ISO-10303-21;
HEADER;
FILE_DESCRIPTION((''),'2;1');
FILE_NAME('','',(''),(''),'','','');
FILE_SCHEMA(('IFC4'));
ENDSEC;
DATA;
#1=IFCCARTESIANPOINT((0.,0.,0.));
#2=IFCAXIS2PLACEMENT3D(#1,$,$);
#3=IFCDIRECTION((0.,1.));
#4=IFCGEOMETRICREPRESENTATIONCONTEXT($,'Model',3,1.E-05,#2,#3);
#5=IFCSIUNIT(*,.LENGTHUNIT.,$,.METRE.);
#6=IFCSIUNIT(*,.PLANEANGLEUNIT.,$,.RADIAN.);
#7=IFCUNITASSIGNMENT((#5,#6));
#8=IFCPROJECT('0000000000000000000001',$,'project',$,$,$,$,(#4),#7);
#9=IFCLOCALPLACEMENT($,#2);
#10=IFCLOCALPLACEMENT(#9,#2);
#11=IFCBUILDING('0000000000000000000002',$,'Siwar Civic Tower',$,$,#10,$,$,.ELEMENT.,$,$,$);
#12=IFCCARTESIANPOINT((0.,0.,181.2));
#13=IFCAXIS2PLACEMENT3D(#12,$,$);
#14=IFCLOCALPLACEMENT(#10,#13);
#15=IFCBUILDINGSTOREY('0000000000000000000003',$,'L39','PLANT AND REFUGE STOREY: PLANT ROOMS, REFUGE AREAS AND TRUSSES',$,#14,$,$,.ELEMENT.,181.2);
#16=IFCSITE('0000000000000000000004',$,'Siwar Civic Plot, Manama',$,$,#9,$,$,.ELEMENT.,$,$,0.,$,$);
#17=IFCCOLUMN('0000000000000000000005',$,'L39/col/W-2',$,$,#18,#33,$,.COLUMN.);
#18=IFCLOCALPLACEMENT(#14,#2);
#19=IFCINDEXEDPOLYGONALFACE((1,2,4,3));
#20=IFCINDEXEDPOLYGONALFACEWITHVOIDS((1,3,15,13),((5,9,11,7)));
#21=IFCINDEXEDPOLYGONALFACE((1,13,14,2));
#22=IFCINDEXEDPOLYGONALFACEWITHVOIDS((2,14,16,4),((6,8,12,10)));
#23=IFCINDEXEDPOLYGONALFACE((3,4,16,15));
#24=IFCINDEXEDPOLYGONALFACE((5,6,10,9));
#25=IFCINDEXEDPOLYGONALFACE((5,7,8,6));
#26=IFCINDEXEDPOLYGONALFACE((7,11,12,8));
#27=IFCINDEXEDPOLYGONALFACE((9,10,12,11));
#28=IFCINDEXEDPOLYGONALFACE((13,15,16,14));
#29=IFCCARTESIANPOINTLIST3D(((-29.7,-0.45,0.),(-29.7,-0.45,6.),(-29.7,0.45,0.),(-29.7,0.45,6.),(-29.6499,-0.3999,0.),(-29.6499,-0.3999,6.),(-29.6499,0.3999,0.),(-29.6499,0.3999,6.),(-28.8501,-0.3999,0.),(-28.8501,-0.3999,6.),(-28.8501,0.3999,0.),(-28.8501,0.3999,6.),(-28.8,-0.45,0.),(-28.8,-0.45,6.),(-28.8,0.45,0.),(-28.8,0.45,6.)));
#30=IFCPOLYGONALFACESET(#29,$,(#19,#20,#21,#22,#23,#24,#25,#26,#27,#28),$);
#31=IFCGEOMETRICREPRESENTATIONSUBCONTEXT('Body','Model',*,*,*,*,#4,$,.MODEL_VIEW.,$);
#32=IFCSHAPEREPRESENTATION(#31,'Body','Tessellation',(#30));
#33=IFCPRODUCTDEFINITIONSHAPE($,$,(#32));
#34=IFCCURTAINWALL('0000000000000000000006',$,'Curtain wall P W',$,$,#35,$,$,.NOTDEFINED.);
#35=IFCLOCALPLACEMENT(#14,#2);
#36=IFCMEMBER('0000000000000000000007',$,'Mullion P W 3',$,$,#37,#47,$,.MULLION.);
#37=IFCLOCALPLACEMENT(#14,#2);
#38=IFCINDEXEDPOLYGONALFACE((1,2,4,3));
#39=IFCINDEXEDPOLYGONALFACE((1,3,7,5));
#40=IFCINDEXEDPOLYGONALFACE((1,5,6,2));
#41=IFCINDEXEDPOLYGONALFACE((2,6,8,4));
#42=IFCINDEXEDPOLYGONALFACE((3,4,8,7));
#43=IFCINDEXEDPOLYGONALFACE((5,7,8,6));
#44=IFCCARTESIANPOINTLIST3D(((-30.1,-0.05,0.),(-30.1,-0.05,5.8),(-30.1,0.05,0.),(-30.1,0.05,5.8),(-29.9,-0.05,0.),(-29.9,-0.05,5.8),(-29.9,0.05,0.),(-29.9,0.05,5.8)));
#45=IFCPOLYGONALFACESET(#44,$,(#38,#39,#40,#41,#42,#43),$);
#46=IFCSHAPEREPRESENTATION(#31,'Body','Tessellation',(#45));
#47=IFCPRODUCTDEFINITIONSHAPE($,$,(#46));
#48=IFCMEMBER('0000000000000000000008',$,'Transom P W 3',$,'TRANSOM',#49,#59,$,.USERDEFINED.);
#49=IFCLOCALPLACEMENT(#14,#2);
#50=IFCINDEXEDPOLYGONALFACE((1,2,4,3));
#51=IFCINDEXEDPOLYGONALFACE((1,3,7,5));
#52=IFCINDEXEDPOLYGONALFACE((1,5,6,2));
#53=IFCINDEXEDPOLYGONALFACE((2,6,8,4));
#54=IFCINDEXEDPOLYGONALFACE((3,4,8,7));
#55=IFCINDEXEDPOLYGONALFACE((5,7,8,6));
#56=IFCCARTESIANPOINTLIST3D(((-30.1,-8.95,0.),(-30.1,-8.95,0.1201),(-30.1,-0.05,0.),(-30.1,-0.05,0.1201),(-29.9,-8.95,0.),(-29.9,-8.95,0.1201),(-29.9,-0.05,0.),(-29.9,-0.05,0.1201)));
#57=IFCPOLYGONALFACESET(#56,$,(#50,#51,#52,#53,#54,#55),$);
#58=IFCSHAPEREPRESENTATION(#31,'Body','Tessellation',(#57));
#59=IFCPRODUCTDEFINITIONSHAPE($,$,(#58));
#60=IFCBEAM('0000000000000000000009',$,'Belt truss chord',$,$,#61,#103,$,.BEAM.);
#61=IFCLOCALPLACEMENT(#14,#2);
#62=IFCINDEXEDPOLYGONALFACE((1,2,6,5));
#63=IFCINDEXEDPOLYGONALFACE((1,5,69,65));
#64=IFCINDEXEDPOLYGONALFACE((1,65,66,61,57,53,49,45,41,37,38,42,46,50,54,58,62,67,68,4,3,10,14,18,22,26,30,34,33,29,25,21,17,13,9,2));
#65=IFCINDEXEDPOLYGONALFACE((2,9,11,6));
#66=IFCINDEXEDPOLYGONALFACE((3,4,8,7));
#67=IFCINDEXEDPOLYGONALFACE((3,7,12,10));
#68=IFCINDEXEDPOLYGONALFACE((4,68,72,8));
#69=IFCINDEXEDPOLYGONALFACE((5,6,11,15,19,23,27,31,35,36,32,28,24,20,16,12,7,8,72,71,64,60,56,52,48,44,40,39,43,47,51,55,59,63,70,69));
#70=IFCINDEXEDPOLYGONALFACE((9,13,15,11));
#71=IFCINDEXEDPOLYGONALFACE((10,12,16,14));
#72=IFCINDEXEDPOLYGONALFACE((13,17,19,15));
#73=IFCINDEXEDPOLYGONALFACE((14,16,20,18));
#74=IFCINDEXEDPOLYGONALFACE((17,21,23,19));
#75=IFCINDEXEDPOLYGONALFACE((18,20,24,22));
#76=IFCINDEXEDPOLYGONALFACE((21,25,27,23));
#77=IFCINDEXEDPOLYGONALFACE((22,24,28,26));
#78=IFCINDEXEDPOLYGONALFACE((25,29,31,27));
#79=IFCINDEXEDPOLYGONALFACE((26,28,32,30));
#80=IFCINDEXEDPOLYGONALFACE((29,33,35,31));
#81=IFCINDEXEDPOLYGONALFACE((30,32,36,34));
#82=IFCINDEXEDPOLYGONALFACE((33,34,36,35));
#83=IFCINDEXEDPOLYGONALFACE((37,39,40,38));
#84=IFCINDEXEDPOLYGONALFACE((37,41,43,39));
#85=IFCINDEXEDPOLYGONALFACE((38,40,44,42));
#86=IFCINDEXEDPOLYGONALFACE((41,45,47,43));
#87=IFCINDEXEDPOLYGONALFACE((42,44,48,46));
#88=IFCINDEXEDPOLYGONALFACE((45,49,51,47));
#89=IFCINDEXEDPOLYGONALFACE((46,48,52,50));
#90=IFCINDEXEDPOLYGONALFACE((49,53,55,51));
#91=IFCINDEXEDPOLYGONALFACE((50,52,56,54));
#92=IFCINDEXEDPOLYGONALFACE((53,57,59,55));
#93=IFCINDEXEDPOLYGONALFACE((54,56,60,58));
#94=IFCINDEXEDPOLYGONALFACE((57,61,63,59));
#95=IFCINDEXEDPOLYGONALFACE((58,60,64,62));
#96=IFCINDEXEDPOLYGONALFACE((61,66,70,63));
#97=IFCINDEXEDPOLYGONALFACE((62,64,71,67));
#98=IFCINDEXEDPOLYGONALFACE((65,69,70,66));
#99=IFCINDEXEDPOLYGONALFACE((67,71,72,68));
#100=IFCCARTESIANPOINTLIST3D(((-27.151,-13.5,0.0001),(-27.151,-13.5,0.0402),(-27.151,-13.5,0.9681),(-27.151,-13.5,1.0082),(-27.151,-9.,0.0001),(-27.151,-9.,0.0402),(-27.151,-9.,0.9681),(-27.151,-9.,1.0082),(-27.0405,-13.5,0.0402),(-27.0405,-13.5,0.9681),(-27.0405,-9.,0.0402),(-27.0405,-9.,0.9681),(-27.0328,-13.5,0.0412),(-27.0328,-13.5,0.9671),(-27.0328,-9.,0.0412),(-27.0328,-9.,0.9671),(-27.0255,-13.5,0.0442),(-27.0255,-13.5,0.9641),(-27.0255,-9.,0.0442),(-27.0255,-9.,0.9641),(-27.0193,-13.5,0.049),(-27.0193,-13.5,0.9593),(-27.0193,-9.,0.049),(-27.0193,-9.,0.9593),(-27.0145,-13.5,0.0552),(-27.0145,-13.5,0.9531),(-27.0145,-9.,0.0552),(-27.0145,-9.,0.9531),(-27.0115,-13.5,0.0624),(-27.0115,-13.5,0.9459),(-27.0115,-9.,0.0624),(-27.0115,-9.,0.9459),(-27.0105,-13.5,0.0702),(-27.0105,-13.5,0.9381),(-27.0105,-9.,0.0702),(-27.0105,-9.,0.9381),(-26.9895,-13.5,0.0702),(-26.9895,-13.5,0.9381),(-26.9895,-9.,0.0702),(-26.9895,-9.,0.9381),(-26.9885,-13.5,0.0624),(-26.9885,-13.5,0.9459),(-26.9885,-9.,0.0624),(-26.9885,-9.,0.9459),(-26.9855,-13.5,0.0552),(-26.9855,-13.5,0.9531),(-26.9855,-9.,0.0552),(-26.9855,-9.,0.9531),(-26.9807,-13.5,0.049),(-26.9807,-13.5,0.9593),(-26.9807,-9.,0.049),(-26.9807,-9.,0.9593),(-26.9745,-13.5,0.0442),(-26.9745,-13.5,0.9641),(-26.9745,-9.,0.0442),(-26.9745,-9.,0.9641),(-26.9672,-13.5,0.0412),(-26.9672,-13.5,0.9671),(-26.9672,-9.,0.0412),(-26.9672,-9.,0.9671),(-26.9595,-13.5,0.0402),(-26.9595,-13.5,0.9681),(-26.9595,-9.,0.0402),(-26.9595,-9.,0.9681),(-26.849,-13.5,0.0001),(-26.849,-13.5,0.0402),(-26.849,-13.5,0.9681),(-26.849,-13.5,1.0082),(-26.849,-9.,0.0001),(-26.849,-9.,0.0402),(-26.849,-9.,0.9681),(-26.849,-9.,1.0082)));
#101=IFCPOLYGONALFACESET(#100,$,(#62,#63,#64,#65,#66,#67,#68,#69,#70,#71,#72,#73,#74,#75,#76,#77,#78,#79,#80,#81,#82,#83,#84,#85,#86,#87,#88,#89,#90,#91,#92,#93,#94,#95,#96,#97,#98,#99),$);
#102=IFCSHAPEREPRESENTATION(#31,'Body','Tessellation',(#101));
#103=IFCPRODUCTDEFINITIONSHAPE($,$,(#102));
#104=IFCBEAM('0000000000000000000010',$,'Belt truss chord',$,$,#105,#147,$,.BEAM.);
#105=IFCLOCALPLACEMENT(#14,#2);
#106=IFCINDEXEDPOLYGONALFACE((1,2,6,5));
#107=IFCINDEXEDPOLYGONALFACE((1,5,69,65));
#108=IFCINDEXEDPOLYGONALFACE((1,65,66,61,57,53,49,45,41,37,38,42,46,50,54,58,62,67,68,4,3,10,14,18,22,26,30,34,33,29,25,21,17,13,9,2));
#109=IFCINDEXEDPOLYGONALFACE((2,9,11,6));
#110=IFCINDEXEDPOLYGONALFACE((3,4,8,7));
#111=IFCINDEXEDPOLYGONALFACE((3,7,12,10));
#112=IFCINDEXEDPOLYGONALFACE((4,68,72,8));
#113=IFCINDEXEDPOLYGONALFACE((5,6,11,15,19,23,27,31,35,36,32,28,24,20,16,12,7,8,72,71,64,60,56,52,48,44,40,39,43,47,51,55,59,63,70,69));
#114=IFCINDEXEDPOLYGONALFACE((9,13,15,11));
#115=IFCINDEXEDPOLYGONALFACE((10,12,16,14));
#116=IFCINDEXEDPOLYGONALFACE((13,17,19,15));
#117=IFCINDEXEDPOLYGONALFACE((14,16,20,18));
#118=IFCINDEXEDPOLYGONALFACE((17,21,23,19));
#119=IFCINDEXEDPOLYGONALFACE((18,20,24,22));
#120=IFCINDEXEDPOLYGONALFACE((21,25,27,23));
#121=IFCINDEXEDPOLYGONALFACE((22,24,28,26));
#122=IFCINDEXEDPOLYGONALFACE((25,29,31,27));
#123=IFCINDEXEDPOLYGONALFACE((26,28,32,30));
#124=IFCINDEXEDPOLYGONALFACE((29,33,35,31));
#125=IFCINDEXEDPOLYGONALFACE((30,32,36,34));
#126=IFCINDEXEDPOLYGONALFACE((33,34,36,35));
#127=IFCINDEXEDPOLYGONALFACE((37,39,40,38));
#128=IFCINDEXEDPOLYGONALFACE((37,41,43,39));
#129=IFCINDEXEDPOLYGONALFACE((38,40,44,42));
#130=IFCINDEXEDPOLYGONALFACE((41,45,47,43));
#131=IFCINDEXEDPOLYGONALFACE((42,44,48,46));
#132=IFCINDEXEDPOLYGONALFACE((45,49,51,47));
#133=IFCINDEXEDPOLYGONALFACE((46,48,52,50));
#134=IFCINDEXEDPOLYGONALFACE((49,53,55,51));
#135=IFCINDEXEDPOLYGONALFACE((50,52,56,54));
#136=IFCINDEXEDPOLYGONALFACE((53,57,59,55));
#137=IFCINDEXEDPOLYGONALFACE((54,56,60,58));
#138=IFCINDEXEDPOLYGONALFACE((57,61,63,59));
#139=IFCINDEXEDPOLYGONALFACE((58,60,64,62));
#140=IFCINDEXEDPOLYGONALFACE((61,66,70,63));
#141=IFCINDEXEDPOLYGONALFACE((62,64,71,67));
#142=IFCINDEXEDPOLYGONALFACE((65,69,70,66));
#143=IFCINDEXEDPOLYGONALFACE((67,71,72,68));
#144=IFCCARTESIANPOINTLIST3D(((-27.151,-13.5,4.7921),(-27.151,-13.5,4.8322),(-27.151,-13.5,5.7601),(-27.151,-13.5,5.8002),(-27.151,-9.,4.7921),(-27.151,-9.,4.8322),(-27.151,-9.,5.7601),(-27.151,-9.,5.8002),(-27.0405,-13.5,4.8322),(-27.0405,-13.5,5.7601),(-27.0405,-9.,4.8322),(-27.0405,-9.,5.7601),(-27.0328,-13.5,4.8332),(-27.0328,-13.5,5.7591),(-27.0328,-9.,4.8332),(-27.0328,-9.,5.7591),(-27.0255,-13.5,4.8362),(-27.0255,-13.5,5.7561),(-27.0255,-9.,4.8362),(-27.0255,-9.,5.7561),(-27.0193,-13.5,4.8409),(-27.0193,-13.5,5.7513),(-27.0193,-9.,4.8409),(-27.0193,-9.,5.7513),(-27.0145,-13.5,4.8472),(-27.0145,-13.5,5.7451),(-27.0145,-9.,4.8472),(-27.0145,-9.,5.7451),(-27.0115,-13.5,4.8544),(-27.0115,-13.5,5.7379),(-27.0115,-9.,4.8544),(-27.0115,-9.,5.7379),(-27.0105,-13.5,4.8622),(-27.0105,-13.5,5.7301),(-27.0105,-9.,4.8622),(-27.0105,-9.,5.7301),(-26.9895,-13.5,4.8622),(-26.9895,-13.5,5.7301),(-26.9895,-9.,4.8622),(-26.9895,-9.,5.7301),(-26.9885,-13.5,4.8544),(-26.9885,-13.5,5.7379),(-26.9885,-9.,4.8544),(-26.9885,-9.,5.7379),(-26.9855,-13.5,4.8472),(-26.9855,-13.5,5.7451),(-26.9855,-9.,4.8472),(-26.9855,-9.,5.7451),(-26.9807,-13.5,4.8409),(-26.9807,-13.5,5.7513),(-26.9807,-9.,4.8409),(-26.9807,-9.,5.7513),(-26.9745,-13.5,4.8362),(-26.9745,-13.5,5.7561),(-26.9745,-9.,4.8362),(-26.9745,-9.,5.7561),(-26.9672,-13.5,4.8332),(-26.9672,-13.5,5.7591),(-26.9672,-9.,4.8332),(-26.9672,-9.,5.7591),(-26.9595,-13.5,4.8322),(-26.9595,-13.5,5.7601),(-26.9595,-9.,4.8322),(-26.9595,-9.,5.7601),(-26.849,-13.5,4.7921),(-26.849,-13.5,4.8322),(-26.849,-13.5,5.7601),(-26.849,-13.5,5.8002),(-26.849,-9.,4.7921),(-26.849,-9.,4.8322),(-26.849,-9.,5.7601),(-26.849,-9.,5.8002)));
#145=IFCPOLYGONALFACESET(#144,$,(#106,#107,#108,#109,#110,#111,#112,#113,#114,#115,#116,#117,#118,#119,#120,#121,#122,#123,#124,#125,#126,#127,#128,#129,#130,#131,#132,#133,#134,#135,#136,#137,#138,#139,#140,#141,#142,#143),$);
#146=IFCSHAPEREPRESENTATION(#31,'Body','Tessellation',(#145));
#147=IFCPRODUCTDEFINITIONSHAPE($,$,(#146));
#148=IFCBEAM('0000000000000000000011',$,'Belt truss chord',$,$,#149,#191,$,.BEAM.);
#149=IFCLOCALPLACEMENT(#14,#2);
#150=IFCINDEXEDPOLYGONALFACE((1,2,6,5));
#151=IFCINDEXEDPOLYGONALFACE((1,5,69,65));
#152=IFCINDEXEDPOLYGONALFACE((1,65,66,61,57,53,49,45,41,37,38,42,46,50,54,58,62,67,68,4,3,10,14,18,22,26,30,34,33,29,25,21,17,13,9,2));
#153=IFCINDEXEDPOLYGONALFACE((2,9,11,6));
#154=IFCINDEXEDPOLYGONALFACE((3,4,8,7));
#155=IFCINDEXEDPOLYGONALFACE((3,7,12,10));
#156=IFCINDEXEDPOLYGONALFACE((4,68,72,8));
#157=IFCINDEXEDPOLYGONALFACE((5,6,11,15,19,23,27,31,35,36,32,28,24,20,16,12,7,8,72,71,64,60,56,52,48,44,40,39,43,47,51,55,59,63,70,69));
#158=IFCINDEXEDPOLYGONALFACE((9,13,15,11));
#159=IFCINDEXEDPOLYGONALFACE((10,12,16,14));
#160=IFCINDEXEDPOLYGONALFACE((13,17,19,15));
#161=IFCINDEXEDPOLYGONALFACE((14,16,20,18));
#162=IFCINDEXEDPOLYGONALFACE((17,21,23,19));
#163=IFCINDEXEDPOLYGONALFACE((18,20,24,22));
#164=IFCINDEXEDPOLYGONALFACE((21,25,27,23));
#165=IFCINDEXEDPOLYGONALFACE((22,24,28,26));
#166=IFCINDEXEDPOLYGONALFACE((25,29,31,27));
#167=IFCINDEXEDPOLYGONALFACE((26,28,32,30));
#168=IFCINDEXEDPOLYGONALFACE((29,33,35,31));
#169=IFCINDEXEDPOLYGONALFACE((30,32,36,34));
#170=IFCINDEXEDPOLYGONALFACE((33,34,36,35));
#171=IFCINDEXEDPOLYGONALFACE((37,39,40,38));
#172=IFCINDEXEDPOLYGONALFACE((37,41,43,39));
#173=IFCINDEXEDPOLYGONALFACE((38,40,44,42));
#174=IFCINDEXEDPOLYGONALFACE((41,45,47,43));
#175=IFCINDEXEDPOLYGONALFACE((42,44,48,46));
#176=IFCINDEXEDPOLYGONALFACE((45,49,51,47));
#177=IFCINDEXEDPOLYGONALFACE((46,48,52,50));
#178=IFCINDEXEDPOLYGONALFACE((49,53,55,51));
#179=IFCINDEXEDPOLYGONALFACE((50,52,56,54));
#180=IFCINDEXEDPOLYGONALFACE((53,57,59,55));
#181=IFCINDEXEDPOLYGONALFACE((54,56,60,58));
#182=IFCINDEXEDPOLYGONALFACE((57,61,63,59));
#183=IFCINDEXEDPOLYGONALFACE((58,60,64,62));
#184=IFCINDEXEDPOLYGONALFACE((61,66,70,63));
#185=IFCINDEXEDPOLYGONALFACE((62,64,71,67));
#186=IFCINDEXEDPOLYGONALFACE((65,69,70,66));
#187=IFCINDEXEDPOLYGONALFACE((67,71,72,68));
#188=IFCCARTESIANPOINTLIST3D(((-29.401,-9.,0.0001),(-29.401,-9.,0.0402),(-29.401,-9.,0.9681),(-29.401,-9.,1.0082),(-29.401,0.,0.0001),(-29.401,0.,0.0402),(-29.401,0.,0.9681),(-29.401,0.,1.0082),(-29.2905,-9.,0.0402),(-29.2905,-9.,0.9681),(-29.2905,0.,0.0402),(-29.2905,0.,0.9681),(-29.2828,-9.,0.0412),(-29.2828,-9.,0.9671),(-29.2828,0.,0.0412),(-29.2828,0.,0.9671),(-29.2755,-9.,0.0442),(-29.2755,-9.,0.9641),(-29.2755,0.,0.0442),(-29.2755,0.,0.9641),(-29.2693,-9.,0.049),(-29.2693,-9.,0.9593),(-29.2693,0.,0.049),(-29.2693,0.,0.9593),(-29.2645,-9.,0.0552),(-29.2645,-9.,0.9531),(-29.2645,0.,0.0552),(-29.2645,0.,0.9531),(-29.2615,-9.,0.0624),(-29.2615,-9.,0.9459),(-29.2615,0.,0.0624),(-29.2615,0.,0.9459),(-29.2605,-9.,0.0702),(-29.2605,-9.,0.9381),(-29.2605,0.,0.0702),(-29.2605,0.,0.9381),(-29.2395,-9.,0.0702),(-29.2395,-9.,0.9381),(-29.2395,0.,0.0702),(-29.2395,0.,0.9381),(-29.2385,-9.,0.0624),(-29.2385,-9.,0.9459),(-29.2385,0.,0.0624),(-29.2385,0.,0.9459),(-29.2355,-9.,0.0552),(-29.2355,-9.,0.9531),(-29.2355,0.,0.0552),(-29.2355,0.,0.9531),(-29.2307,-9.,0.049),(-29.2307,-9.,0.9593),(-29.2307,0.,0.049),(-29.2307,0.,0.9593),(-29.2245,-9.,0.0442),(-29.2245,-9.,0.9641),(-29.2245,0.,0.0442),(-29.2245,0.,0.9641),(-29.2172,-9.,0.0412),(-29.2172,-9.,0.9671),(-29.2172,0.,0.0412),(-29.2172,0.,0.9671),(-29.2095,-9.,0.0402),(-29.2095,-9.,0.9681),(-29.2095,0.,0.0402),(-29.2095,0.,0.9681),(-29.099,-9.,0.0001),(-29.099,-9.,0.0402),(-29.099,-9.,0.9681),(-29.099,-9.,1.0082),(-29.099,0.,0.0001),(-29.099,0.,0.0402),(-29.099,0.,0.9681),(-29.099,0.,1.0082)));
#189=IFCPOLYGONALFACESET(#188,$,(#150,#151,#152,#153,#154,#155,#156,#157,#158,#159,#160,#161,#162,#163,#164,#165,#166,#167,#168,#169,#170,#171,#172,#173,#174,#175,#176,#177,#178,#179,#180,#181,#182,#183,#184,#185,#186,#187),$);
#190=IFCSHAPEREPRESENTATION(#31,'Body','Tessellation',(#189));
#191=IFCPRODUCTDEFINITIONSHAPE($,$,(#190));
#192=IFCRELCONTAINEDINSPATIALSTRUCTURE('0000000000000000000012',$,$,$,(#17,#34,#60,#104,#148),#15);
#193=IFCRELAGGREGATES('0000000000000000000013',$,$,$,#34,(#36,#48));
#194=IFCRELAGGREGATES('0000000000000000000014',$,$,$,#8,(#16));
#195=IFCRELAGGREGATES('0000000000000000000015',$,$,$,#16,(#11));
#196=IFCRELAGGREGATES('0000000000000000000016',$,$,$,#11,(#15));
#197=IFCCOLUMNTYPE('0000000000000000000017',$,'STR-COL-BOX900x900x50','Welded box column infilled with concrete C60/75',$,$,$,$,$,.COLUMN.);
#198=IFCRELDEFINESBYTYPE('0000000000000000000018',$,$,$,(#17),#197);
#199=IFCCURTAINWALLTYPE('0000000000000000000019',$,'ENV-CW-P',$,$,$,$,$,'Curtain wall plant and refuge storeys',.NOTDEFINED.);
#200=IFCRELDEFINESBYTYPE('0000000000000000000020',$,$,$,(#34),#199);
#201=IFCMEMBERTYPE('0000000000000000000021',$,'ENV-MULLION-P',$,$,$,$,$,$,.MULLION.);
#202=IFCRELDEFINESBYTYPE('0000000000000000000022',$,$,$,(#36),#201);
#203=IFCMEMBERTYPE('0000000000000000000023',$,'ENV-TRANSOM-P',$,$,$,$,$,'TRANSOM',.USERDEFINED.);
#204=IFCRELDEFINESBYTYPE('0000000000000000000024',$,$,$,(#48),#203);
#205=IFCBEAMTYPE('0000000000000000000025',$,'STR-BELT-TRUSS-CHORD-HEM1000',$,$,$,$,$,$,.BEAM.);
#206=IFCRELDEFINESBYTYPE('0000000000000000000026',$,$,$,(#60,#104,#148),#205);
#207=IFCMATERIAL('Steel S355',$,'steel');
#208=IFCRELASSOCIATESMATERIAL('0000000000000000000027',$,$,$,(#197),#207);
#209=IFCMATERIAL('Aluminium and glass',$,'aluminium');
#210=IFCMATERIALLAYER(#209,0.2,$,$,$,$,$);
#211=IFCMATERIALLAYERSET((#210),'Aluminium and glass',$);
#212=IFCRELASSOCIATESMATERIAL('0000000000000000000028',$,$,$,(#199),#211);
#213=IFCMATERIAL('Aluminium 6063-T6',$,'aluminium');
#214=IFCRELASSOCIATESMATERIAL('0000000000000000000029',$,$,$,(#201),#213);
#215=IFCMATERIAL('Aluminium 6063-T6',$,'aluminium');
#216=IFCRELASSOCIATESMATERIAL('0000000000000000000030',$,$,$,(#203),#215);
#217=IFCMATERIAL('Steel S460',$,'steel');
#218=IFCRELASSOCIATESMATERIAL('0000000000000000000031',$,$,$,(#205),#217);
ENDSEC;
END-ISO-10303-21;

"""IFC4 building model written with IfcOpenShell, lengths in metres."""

from ifc_helpers import new_model, si_unit, direction, frame, origin, origin_2d, place, context, subcontext, project, spatial, rectangle, hollow_rectangle, i_section, extrude, material, layer, layer_set, material_profile, profile_set, type_object, element, aggregate, save


model = new_model("IFC4")

# Units and contexts
model_context = context("Model", 3, precision=1e-05, world=origin(), true_north=direction((0.0, 1.0)))
body_context = subcontext(model_context, "Body", "Model", "MODEL_VIEW")
ifc_project = project(units=[si_unit("LENGTHUNIT", "METRE"), si_unit("PLANEANGLEUNIT", "RADIAN")], contexts=[model_context])

# Site, building, storey
site_placement = place(None, origin())
site = spatial("IfcSite", under=ifc_project, at=site_placement, Name="Siwar Civic Plot, Manama", CompositionType="ELEMENT", RefElevation=0.0)
building_placement = place(site_placement, origin())
building = spatial("IfcBuilding", under=site, at=building_placement, Name="Siwar Civic Tower", CompositionType="ELEMENT")
storey_placement = place(building_placement, frame((0.0, 0.0, 181.2)))
storey = spatial("IfcBuildingStorey", under=building, at=storey_placement, Name="L39", Description="PLANT AND REFUGE STOREY: PLANT ROOMS, REFUGE AREAS AND TRUSSES", CompositionType="ELEMENT", Elevation=181.2)

# Column
ifc_material_1 = material(Name="Steel S355", Category="steel")
ifc_material_profile_1 = material_profile(ifc_material_1, hollow_rectangle(XDim=0.8999, YDim=0.8999, WallThickness=0.05, at=origin_2d()), Name="BOX900x900x50")
ifc_profile_set_1 = profile_set([ifc_material_profile_1], Name="Steel S355")
column_type = type_object("IfcColumnType", Name="STR-COL-BOX900x900x50", Description="Welded box column infilled with concrete C60/75", PredefinedType="COLUMN", material=ifc_profile_set_1)
column_placement = place(storey_placement, frame((-29.25, 0.0, 0.0), z_axis=(0.0, 0.0, 1.0), x_axis=(1.0, 0.0, 0.0)))
element("IfcColumn", 1, at=column_placement, inside=storey, type_object=column_type, Name="L39/col/W-2", PredefinedType="COLUMN", context=body_context, shape_type="SweptSolid", body=[
    extrude(hollow_rectangle(XDim=0.8999, YDim=0.8999, WallThickness=0.05, at=origin_2d()), origin(), (0.0, 0.0, 1.0), 6.0),
])

# Curtain wall, members
ifc_material_2 = material(Name="Aluminium and glass", Category="aluminium")
ifc_layer_1 = layer(ifc_material_2, 0.2)
ifc_layer_set_1 = layer_set([ifc_layer_1], Name="Aluminium and glass")
curtain_wall_type = type_object("IfcCurtainWallType", Name="ENV-CW-P", ElementType="Curtain wall plant and refuge storeys", PredefinedType="NOTDEFINED", material=ifc_layer_set_1)
curtain_wall_placement = place(storey_placement, origin())
curtain_wall = element("IfcCurtainWall", 2, at=curtain_wall_placement, inside=storey, type_object=curtain_wall_type, Name="Curtain wall P W", PredefinedType="NOTDEFINED")
ifc_material_3 = material(Name="Aluminium 6063-T6", Category="aluminium")
ifc_material_profile_2 = material_profile(ifc_material_3, rectangle(XDim=0.2, YDim=0.1001, at=origin_2d()), Name="AL 200x100")
ifc_profile_set_2 = profile_set([ifc_material_profile_2], Name="Aluminium 6063-T6")
member_type_1 = type_object("IfcMemberType", Name="ENV-MULLION-P", PredefinedType="MULLION", material=ifc_profile_set_2)
member_1_placement = place(storey_placement, frame((-30.0, 0.0, 0.0), z_axis=(0.0, 0.0, 1.0), x_axis=(1.0, 0.0, 0.0)))
member_1 = element("IfcMember", 3, at=member_1_placement, type_object=member_type_1, Name="Mullion P W 3", PredefinedType="MULLION", context=body_context, shape_type="SweptSolid", body=[
    extrude(rectangle(XDim=0.2, YDim=0.1001, at=origin_2d()), origin(), (0.0, 0.0, 1.0), 5.8),
])
ifc_material_4 = material(Name="Aluminium 6063-T6", Category="aluminium")
ifc_material_profile_3 = material_profile(ifc_material_4, rectangle(XDim=0.2, YDim=0.1201, at=origin_2d()), Name="AL 200x120")
ifc_profile_set_3 = profile_set([ifc_material_profile_3], Name="Aluminium 6063-T6")
member_type_2 = type_object("IfcMemberType", Name="ENV-TRANSOM-P", ElementType="TRANSOM", PredefinedType="USERDEFINED", material=ifc_profile_set_3)
member_2_placement = place(storey_placement, frame((-30.0, -0.05, 0.0601), z_axis=(0.0, -1.0, 0.0), x_axis=(1.0, 0.0, 0.0)))
member_2 = element("IfcMember", 4, at=member_2_placement, type_object=member_type_2, Name="Transom P W 3", ObjectType="TRANSOM", PredefinedType="USERDEFINED", context=body_context, shape_type="SweptSolid", body=[
    extrude(rectangle(XDim=0.2, YDim=0.1201, at=origin_2d()), origin(), (0.0, 0.0, 1.0), 8.8999),
])

# Beams
ifc_material_5 = material(Name="Steel S460", Category="steel")
ifc_material_profile_4 = material_profile(ifc_material_5, i_section(OverallWidth=0.302, OverallDepth=1.0081, WebThickness=0.021, FlangeThickness=0.04, FilletRadius=0.03, at=origin_2d()), Name="HEM1000")
ifc_profile_set_4 = profile_set([ifc_material_profile_4], Name="Steel S460")
beam_type_1 = type_object("IfcBeamType", Name="STR-BELT-TRUSS-CHORD-HEM1000", PredefinedType="BEAM", material=ifc_profile_set_4)
for number, where, z_axis, x_axis, name in (
    (5, (-27.0, -9.0, 0.5042), (0.0, -1.0, 0.0), (1.0, 0.0, 0.0), "Belt truss chord"),
    (6, (-27.0, -9.0, 5.2961), (0.0, -1.0, 0.0), (1.0, 0.0, 0.0), "Belt truss chord"),
):
    element("IfcBeam", number, at=place(storey_placement, frame(where, z_axis=z_axis, x_axis=x_axis)), inside=storey, type_object=beam_type_1, Name=name, PredefinedType="BEAM", context=body_context, shape_type="SweptSolid", body=[
        extrude(i_section(OverallWidth=0.302, OverallDepth=1.0081, WebThickness=0.021, FlangeThickness=0.04, FilletRadius=0.03, at=origin_2d()), origin(), (0.0, 0.0, 1.0), 4.5),
    ])
for number, where, z_axis, x_axis, name in (
    (7, (-29.25, 0.0, 0.5042), (0.0, -1.0, 0.0), (1.0, 0.0, 0.0), "Belt truss chord"),
):
    element("IfcBeam", number, at=place(storey_placement, frame(where, z_axis=z_axis, x_axis=x_axis)), inside=storey, type_object=beam_type_1, Name=name, PredefinedType="BEAM", context=body_context, shape_type="SweptSolid", body=[
        extrude(i_section(OverallWidth=0.302, OverallDepth=1.0081, WebThickness=0.021, FlangeThickness=0.04, FilletRadius=0.03, at=origin_2d()), origin(), (0.0, 0.0, 1.0), 9.0),
    ])

aggregate(curtain_wall, [member_1, member_2])

save(model, "model.ifc")
